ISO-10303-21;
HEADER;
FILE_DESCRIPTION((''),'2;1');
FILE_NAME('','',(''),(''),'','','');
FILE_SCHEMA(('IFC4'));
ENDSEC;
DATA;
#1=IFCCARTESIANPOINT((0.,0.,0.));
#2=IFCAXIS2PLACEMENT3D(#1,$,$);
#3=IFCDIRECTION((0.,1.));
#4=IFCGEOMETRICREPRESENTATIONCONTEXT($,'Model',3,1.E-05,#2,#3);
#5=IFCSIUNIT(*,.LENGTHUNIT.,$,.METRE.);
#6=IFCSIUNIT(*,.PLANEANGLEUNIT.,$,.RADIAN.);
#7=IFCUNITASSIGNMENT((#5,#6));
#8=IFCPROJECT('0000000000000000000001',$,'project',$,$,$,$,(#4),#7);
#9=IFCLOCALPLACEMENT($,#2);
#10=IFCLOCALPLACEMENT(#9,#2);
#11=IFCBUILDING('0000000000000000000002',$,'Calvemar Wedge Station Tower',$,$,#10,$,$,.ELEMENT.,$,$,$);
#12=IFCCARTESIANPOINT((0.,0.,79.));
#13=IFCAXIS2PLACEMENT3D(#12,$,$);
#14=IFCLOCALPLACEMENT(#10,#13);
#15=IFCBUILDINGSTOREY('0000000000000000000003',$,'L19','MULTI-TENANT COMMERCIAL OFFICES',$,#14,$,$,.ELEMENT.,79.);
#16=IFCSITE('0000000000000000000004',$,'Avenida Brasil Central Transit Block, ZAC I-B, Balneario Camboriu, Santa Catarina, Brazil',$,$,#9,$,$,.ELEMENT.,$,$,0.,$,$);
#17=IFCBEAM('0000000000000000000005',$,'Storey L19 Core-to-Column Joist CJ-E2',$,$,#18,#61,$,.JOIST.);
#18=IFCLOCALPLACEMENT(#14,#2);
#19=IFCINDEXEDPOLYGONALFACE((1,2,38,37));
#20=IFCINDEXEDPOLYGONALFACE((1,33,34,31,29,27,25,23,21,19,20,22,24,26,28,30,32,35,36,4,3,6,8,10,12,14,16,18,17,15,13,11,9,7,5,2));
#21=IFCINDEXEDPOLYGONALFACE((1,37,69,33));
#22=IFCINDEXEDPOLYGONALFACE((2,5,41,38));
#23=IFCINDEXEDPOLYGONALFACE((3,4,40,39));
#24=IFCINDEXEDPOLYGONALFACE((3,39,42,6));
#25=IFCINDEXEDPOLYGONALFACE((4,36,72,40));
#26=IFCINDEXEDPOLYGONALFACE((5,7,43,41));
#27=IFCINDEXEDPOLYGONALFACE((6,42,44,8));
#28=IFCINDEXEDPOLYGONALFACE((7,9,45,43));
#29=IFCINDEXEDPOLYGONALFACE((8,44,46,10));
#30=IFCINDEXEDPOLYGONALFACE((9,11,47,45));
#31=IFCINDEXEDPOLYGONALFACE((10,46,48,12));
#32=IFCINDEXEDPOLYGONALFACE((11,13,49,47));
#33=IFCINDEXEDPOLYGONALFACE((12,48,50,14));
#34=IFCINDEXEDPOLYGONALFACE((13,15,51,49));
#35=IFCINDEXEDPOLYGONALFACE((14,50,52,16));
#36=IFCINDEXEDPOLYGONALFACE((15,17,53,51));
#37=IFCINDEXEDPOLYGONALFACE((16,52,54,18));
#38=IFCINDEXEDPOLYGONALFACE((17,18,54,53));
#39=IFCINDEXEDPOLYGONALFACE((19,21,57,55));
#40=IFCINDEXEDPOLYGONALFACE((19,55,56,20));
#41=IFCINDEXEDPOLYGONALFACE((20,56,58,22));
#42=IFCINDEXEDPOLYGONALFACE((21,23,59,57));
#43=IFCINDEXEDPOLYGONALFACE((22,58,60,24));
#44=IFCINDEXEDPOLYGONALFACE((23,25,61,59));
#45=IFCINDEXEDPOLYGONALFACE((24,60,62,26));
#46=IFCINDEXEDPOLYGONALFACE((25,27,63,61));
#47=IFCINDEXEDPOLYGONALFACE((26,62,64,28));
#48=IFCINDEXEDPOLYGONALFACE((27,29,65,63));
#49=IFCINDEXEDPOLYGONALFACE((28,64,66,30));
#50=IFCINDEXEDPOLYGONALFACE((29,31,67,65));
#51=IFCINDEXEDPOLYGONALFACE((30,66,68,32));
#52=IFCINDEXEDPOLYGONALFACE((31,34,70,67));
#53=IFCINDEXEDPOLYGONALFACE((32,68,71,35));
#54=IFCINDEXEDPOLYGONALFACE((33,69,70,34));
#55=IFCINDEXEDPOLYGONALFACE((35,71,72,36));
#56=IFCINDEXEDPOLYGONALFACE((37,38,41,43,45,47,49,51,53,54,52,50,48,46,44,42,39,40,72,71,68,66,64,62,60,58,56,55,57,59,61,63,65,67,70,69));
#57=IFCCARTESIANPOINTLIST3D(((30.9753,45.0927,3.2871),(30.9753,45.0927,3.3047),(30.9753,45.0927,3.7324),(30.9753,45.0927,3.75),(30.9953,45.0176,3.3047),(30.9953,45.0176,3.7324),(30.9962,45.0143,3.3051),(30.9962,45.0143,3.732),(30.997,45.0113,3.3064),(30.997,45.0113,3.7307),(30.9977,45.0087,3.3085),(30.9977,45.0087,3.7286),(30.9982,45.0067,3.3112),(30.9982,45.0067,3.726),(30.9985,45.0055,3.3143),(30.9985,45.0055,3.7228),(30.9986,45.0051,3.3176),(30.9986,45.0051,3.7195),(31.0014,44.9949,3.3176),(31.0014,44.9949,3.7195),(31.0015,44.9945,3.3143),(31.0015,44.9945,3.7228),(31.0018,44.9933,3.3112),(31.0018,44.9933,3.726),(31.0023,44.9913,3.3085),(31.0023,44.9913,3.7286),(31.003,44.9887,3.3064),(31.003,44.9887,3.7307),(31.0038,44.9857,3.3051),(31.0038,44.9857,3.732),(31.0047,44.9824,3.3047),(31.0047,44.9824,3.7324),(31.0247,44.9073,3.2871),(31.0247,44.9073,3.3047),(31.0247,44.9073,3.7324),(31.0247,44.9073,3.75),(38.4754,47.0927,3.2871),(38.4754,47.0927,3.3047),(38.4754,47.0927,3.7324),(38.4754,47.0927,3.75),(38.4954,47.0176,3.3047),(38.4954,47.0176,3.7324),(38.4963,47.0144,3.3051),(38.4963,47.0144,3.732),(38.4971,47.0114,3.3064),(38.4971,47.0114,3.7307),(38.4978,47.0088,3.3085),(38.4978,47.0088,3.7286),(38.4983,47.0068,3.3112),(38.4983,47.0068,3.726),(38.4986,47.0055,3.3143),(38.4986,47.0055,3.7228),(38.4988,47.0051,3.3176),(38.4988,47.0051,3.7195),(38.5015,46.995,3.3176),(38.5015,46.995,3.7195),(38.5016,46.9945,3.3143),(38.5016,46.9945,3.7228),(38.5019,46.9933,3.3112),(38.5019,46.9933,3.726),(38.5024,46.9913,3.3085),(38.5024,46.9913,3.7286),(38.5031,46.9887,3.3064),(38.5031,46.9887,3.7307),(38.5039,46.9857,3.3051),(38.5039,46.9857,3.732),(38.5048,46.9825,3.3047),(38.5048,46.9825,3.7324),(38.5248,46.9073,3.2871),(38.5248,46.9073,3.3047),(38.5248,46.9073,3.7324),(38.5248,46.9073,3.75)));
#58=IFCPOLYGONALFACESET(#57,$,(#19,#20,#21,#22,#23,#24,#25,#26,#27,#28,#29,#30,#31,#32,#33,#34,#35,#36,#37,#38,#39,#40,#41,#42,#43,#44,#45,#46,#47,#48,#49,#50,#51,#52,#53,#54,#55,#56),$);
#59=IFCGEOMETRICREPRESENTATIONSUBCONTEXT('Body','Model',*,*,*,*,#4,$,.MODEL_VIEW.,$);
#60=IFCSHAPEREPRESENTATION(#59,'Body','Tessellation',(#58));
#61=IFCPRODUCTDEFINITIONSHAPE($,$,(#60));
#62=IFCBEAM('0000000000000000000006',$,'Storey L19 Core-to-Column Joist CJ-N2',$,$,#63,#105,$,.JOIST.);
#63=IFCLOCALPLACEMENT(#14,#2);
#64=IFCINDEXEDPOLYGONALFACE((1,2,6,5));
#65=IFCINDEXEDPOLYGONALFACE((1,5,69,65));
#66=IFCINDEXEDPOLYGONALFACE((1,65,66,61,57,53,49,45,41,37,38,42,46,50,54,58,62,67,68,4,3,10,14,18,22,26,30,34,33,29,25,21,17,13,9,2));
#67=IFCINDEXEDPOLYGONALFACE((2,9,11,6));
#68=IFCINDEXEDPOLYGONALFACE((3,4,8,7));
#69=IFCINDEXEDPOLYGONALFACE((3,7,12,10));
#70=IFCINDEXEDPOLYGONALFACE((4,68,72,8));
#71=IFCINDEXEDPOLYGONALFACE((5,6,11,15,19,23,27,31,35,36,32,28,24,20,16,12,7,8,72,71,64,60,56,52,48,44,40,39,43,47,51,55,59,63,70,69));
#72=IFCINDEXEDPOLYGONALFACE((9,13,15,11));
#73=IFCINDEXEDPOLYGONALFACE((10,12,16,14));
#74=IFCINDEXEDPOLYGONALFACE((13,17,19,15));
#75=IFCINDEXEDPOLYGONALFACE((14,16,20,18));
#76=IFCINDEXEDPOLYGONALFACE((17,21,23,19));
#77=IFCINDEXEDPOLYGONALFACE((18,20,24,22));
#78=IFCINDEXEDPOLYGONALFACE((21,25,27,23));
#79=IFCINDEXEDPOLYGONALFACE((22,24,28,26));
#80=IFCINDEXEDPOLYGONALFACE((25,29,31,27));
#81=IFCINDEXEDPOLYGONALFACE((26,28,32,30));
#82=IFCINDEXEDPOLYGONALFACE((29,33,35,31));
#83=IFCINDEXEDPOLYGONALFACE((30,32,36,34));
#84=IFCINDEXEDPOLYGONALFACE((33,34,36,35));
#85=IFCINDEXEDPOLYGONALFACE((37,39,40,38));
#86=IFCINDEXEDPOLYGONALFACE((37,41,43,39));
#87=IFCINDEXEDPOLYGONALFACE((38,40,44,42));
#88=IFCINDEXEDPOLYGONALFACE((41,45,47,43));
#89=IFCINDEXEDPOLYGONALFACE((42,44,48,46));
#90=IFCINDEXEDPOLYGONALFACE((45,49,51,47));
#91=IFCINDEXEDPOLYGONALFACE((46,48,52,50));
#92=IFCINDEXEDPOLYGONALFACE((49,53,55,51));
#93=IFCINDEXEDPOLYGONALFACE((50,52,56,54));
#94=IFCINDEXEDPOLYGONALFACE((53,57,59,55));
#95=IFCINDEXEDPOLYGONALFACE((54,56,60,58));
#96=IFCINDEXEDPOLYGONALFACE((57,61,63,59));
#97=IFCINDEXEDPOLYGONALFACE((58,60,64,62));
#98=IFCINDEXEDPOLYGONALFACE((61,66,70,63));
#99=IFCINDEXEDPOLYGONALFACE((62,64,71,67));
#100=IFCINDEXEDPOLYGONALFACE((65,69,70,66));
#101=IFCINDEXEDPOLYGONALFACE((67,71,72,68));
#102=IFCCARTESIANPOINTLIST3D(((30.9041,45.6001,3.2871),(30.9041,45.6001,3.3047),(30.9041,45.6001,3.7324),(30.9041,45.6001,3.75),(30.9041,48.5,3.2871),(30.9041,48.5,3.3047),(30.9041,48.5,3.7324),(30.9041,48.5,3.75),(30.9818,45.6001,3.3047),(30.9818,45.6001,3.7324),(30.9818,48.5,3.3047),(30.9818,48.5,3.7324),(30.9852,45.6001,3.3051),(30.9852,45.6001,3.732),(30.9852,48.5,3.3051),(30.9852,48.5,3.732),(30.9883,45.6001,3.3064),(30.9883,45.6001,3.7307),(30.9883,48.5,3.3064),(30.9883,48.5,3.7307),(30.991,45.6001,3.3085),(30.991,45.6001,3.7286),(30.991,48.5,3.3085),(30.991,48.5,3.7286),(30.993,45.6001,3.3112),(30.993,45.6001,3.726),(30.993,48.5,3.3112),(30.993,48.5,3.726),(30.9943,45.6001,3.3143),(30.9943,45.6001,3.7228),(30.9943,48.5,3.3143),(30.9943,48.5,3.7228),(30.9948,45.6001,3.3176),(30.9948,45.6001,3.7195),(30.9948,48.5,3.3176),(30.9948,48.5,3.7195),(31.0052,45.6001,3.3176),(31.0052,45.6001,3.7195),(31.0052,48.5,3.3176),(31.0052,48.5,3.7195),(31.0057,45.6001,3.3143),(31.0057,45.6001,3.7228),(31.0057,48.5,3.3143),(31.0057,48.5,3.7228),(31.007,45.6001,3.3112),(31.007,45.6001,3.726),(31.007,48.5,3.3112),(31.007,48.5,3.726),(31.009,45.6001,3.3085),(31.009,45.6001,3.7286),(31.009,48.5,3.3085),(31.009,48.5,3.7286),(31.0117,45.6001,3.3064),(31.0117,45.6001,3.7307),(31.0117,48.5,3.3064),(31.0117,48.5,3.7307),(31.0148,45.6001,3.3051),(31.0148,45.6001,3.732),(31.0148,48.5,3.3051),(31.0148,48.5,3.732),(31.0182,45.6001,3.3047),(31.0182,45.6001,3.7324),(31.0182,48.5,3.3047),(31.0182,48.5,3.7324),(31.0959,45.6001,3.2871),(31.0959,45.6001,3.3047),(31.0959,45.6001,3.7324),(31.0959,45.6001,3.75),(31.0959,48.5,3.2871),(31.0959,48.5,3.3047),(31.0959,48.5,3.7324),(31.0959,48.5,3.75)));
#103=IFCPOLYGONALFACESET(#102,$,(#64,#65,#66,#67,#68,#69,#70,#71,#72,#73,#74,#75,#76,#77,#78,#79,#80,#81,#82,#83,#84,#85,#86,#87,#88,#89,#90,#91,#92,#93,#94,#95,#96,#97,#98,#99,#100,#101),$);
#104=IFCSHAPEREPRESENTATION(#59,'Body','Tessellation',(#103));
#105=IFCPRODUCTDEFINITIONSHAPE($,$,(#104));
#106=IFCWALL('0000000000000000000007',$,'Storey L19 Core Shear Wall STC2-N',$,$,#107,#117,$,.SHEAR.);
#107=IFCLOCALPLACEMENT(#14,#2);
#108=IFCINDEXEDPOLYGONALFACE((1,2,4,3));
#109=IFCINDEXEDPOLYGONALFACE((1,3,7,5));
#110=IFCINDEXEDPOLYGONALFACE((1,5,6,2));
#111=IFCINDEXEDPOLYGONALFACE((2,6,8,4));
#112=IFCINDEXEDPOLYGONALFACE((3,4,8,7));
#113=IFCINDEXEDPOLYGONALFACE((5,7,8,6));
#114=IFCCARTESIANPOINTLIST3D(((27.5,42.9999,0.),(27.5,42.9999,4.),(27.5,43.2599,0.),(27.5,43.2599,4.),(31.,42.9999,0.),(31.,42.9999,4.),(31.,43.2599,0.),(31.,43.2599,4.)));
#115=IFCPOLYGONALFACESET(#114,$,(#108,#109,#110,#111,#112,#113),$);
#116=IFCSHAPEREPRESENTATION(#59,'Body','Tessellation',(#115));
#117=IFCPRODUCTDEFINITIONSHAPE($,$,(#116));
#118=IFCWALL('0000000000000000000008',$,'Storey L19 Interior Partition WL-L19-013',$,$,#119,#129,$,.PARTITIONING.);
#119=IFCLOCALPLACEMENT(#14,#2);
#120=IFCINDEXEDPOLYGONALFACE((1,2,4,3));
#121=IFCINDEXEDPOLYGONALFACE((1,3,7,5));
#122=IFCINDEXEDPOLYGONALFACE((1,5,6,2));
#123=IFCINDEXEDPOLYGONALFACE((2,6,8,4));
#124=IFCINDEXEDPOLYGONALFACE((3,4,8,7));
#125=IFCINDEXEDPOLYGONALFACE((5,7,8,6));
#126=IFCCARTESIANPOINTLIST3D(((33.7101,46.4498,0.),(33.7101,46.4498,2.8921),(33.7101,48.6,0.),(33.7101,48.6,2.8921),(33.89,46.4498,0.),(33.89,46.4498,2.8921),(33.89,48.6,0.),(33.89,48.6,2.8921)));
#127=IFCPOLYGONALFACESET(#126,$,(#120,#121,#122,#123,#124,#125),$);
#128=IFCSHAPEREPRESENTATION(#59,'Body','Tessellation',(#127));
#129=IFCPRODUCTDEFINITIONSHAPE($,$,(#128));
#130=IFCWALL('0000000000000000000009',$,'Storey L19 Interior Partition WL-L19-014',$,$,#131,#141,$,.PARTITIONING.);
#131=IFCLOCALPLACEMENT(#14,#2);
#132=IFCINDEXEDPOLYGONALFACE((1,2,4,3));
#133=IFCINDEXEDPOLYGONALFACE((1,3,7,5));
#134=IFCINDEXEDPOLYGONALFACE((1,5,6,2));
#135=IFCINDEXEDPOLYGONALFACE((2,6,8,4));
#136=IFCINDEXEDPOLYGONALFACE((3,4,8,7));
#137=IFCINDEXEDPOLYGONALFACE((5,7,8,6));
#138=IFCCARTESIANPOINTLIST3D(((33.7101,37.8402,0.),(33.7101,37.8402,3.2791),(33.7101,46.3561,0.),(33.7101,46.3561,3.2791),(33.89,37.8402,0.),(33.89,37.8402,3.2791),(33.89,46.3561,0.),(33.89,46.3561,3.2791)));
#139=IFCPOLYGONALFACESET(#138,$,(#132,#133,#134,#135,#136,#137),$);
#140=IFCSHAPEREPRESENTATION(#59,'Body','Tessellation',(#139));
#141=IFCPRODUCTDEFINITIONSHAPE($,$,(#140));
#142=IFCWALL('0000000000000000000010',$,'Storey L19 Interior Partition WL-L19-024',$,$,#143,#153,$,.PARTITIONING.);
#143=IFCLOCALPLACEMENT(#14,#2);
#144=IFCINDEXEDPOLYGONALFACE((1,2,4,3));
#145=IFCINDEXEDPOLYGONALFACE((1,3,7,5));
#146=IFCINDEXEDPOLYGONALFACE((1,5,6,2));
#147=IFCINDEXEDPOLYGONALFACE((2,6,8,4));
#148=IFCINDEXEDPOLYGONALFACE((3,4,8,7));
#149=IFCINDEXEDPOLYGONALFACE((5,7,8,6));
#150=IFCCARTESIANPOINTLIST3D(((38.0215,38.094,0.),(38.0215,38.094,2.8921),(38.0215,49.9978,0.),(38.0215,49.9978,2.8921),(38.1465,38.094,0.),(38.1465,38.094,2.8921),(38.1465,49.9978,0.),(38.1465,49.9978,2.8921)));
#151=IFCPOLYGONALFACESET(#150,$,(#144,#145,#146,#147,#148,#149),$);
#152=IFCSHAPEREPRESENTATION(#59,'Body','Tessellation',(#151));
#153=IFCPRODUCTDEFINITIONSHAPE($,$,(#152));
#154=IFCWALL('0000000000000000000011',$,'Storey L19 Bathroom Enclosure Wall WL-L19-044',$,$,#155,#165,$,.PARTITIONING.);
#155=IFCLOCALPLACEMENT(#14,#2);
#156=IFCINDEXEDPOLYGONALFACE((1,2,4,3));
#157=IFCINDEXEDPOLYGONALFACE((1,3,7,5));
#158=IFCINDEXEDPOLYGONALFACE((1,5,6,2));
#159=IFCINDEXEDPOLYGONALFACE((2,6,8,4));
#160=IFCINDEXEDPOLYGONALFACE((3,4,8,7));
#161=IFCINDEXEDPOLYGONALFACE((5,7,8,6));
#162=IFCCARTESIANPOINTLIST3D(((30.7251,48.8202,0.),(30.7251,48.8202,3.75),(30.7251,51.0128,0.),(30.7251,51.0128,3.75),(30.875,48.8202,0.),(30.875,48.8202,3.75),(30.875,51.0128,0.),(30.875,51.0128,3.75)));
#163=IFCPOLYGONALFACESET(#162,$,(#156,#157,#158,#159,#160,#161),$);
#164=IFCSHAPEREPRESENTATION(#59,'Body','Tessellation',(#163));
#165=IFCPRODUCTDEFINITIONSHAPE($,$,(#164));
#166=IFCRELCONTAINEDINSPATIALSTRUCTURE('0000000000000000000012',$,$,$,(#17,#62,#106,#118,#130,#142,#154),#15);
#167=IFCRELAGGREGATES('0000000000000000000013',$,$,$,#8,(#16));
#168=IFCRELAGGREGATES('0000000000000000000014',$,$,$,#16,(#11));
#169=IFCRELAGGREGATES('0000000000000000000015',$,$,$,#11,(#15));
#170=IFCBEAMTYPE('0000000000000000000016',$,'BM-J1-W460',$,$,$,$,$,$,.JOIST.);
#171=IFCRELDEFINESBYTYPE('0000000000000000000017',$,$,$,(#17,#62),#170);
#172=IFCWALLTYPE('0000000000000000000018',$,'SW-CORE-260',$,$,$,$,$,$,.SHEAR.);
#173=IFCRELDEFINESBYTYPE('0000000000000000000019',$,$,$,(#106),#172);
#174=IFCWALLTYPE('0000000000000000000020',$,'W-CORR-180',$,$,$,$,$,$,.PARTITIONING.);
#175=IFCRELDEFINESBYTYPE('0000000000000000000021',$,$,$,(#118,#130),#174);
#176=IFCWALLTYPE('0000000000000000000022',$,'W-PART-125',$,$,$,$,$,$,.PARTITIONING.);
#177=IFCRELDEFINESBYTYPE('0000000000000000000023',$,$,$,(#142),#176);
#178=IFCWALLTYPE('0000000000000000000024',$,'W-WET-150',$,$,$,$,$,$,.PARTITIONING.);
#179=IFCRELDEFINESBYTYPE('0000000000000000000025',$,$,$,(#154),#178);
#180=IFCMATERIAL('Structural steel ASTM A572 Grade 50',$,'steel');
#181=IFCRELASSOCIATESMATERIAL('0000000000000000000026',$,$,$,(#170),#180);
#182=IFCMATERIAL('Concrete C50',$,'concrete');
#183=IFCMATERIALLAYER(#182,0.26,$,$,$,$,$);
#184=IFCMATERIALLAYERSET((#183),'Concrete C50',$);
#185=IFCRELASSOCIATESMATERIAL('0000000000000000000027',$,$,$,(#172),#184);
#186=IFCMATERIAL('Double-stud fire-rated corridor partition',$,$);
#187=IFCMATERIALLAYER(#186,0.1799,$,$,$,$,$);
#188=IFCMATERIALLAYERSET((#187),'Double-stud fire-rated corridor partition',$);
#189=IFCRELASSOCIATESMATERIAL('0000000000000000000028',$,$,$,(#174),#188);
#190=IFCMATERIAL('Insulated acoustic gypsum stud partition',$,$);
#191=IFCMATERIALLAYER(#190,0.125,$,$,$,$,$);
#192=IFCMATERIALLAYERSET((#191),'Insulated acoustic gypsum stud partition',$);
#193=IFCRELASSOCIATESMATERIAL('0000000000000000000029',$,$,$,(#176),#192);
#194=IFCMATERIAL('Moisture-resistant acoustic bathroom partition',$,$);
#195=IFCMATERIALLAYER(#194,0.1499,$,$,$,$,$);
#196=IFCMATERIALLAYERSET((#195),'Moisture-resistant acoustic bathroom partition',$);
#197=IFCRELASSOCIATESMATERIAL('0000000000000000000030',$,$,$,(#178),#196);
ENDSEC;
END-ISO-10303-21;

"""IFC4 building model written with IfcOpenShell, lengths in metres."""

from ifc_helpers import new_model, si_unit, direction, frame, frame_2d, origin, origin_2d, place, context, subcontext, project, spatial, rectangle, i_section, extrude, source, transform, mapped, material, layer, layer_set, material_profile, profile_set, type_object, element, save


model = new_model("IFC4")

# Units and contexts
model_context = context("Model", 3, precision=1e-05, world=origin(), true_north=direction((0.0, 1.0)))
body_context = subcontext(model_context, "Body", "Model", "MODEL_VIEW")
ifc_project = project(units=[si_unit("LENGTHUNIT", "METRE"), si_unit("PLANEANGLEUNIT", "RADIAN")], contexts=[model_context])

# Site, building, storey
site_placement = place(None, origin())
site = spatial("IfcSite", under=ifc_project, at=site_placement, Name="Avenida Brasil Central Transit Block, ZAC I-B, Balneario Camboriu, Santa Catarina, Brazil", CompositionType="ELEMENT", RefElevation=0.0)
building_placement = place(site_placement, origin())
building = spatial("IfcBuilding", under=site, at=building_placement, Name="Calvemar Wedge Station Tower", CompositionType="ELEMENT")
storey_placement = place(building_placement, frame((0.0, 0.0, 79.0)))
storey = spatial("IfcBuildingStorey", under=building, at=storey_placement, Name="L19", Description="MULTI-TENANT COMMERCIAL OFFICES", CompositionType="ELEMENT", Elevation=79.0)

# Beams
ifc_material_1 = material(Name="Structural steel ASTM A572 Grade 50", Category="steel")
ifc_material_profile_1 = material_profile(ifc_material_1, i_section(OverallWidth=0.1919, OverallDepth=0.4629, WebThickness=0.0105, FlangeThickness=0.0176, FilletRadius=0.0129, at=origin_2d()), Name="W460x89")
ifc_profile_set_1 = profile_set([ifc_material_profile_1], Name="Structural steel ASTM A572 Grade 50")
beam_type_1 = type_object("IfcBeamType", Name="BM-J1-W460", PredefinedType="JOIST", material=ifc_profile_set_1)
shared_shape_1 = source(origin(), body_context, "Body", "SweptSolid", [
    extrude(i_section(OverallWidth=0.1919, OverallDepth=0.4629, WebThickness=0.0105, FlangeThickness=0.0176, FilletRadius=0.0129, at=origin_2d()), origin(), (0.0, 0.0, 1.0), 7.7622),
])
beam_1_placement = place(storey_placement, frame((31.0, 45.0, 3.5186), z_axis=(0.966235, 0.257663, 0.0), x_axis=(-0.257663, 0.966235, 0.0)))
element("IfcBeam", 1, at=beam_1_placement, inside=storey, type_object=beam_type_1, Name="Storey L19 Core-to-Column Joist CJ-E2", PredefinedType="JOIST", context=body_context, shape_type="MappedRepresentation", body=[
    mapped(shared_shape_1, transform((0.0, 0.0, 0.0), scale=1.0)),
])
shared_shape_2 = source(origin(), body_context, "Body", "SweptSolid", [
    extrude(i_section(OverallWidth=0.1919, OverallDepth=0.4629, WebThickness=0.0105, FlangeThickness=0.0176, FilletRadius=0.0129, at=origin_2d()), origin(), (0.0, 0.0, 1.0), 2.8999),
])
beam_2_placement = place(storey_placement, frame((31.0, 45.6001, 3.5186), z_axis=(0.0, 1.0, 0.0), x_axis=(-1.0, 0.0, 0.0)))
element("IfcBeam", 2, at=beam_2_placement, inside=storey, type_object=beam_type_1, Name="Storey L19 Core-to-Column Joist CJ-N2", PredefinedType="JOIST", context=body_context, shape_type="MappedRepresentation", body=[
    mapped(shared_shape_2, transform((0.0, 0.0, 0.0), scale=1.0)),
])

# Wall
ifc_material_2 = material(Name="Concrete C50", Category="concrete")
ifc_layer_1 = layer(ifc_material_2, 0.26)
ifc_layer_set_1 = layer_set([ifc_layer_1], Name="Concrete C50")
wall_type_1 = type_object("IfcWallType", Name="SW-CORE-260", PredefinedType="SHEAR", material=ifc_layer_set_1)
wall_1_placement = place(storey_placement, frame((27.5, 43.1299, 0.0), z_axis=(0.0, 0.0, 1.0), x_axis=(1.0, 0.0, 0.0)))
element("IfcWall", 3, at=wall_1_placement, inside=storey, type_object=wall_type_1, Name="Storey L19 Core Shear Wall STC2-N", PredefinedType="SHEAR", context=body_context, shape_type="SweptSolid", body=[
    extrude(rectangle(XDim=3.5, YDim=0.26, at=frame_2d((1.75, 0.0))), origin(), (0.0, 0.0, 1.0), 4.0),
])

# Walls
ifc_material_3 = material(Name="Double-stud fire-rated corridor partition")
ifc_layer_2 = layer(ifc_material_3, 0.1799)
ifc_layer_set_2 = layer_set([ifc_layer_2], Name="Double-stud fire-rated corridor partition")
wall_type_2 = type_object("IfcWallType", Name="W-CORR-180", PredefinedType="PARTITIONING", material=ifc_layer_set_2)
wall_2_placement = place(storey_placement, frame((33.8, 48.6001, 0.0), z_axis=(0.0, 0.0, 1.0), x_axis=(0.0, -1.0, 0.0)))
element("IfcWall", 4, at=wall_2_placement, inside=storey, type_object=wall_type_2, Name="Storey L19 Interior Partition WL-L19-013", PredefinedType="PARTITIONING", context=body_context, shape_type="SweptSolid", body=[
    extrude(rectangle(XDim=2.1501, YDim=0.1799, at=frame_2d((1.0752, 0.0))), origin(), (0.0, 0.0, 1.0), 2.8921),
])
wall_3_placement = place(storey_placement, frame((33.8, 46.356, 0.0), z_axis=(0.0, 0.0, 1.0), x_axis=(0.0, -1.0, 0.0)))
element("IfcWall", 5, at=wall_3_placement, inside=storey, type_object=wall_type_2, Name="Storey L19 Interior Partition WL-L19-014", PredefinedType="PARTITIONING", context=body_context, shape_type="SweptSolid", body=[
    extrude(rectangle(XDim=8.5159, YDim=0.1799, at=frame_2d((4.2578, 0.0))), origin(), (0.0, 0.0, 1.0), 3.2791),
])

# Walls
ifc_material_4 = material(Name="Insulated acoustic gypsum stud partition")
ifc_layer_3 = layer(ifc_material_4, 0.125)
ifc_layer_set_3 = layer_set([ifc_layer_3], Name="Insulated acoustic gypsum stud partition")
wall_type_3 = type_object("IfcWallType", Name="W-PART-125", PredefinedType="PARTITIONING", material=ifc_layer_set_3)
wall_4_placement = place(storey_placement, frame((38.084, 49.9978, 0.0), z_axis=(0.0, 0.0, 1.0), x_axis=(0.0, -1.0, 0.0)))
element("IfcWall", 6, at=wall_4_placement, inside=storey, type_object=wall_type_3, Name="Storey L19 Interior Partition WL-L19-024", PredefinedType="PARTITIONING", context=body_context, shape_type="SweptSolid", body=[
    extrude(rectangle(XDim=11.9038, YDim=0.125, at=frame_2d((5.9519, 0.0))), origin(), (0.0, 0.0, 1.0), 2.8921),
])
ifc_material_5 = material(Name="Moisture-resistant acoustic bathroom partition")
ifc_layer_4 = layer(ifc_material_5, 0.1499)
ifc_layer_set_4 = layer_set([ifc_layer_4], Name="Moisture-resistant acoustic bathroom partition")
wall_type_4 = type_object("IfcWallType", Name="W-WET-150", PredefinedType="PARTITIONING", material=ifc_layer_set_4)
wall_5_placement = place(storey_placement, frame((30.8, 51.0127, 0.0), z_axis=(0.0, 0.0, 1.0), x_axis=(0.0, -1.0, 0.0)))
element("IfcWall", 7, at=wall_5_placement, inside=storey, type_object=wall_type_4, Name="Storey L19 Bathroom Enclosure Wall WL-L19-044", PredefinedType="PARTITIONING", context=body_context, shape_type="SweptSolid", body=[
    extrude(rectangle(XDim=2.1926, YDim=0.1499, at=frame_2d((1.0962, 0.0))), origin(), (0.0, 0.0, 1.0), 3.75),
])

save(model, "model.ifc")
